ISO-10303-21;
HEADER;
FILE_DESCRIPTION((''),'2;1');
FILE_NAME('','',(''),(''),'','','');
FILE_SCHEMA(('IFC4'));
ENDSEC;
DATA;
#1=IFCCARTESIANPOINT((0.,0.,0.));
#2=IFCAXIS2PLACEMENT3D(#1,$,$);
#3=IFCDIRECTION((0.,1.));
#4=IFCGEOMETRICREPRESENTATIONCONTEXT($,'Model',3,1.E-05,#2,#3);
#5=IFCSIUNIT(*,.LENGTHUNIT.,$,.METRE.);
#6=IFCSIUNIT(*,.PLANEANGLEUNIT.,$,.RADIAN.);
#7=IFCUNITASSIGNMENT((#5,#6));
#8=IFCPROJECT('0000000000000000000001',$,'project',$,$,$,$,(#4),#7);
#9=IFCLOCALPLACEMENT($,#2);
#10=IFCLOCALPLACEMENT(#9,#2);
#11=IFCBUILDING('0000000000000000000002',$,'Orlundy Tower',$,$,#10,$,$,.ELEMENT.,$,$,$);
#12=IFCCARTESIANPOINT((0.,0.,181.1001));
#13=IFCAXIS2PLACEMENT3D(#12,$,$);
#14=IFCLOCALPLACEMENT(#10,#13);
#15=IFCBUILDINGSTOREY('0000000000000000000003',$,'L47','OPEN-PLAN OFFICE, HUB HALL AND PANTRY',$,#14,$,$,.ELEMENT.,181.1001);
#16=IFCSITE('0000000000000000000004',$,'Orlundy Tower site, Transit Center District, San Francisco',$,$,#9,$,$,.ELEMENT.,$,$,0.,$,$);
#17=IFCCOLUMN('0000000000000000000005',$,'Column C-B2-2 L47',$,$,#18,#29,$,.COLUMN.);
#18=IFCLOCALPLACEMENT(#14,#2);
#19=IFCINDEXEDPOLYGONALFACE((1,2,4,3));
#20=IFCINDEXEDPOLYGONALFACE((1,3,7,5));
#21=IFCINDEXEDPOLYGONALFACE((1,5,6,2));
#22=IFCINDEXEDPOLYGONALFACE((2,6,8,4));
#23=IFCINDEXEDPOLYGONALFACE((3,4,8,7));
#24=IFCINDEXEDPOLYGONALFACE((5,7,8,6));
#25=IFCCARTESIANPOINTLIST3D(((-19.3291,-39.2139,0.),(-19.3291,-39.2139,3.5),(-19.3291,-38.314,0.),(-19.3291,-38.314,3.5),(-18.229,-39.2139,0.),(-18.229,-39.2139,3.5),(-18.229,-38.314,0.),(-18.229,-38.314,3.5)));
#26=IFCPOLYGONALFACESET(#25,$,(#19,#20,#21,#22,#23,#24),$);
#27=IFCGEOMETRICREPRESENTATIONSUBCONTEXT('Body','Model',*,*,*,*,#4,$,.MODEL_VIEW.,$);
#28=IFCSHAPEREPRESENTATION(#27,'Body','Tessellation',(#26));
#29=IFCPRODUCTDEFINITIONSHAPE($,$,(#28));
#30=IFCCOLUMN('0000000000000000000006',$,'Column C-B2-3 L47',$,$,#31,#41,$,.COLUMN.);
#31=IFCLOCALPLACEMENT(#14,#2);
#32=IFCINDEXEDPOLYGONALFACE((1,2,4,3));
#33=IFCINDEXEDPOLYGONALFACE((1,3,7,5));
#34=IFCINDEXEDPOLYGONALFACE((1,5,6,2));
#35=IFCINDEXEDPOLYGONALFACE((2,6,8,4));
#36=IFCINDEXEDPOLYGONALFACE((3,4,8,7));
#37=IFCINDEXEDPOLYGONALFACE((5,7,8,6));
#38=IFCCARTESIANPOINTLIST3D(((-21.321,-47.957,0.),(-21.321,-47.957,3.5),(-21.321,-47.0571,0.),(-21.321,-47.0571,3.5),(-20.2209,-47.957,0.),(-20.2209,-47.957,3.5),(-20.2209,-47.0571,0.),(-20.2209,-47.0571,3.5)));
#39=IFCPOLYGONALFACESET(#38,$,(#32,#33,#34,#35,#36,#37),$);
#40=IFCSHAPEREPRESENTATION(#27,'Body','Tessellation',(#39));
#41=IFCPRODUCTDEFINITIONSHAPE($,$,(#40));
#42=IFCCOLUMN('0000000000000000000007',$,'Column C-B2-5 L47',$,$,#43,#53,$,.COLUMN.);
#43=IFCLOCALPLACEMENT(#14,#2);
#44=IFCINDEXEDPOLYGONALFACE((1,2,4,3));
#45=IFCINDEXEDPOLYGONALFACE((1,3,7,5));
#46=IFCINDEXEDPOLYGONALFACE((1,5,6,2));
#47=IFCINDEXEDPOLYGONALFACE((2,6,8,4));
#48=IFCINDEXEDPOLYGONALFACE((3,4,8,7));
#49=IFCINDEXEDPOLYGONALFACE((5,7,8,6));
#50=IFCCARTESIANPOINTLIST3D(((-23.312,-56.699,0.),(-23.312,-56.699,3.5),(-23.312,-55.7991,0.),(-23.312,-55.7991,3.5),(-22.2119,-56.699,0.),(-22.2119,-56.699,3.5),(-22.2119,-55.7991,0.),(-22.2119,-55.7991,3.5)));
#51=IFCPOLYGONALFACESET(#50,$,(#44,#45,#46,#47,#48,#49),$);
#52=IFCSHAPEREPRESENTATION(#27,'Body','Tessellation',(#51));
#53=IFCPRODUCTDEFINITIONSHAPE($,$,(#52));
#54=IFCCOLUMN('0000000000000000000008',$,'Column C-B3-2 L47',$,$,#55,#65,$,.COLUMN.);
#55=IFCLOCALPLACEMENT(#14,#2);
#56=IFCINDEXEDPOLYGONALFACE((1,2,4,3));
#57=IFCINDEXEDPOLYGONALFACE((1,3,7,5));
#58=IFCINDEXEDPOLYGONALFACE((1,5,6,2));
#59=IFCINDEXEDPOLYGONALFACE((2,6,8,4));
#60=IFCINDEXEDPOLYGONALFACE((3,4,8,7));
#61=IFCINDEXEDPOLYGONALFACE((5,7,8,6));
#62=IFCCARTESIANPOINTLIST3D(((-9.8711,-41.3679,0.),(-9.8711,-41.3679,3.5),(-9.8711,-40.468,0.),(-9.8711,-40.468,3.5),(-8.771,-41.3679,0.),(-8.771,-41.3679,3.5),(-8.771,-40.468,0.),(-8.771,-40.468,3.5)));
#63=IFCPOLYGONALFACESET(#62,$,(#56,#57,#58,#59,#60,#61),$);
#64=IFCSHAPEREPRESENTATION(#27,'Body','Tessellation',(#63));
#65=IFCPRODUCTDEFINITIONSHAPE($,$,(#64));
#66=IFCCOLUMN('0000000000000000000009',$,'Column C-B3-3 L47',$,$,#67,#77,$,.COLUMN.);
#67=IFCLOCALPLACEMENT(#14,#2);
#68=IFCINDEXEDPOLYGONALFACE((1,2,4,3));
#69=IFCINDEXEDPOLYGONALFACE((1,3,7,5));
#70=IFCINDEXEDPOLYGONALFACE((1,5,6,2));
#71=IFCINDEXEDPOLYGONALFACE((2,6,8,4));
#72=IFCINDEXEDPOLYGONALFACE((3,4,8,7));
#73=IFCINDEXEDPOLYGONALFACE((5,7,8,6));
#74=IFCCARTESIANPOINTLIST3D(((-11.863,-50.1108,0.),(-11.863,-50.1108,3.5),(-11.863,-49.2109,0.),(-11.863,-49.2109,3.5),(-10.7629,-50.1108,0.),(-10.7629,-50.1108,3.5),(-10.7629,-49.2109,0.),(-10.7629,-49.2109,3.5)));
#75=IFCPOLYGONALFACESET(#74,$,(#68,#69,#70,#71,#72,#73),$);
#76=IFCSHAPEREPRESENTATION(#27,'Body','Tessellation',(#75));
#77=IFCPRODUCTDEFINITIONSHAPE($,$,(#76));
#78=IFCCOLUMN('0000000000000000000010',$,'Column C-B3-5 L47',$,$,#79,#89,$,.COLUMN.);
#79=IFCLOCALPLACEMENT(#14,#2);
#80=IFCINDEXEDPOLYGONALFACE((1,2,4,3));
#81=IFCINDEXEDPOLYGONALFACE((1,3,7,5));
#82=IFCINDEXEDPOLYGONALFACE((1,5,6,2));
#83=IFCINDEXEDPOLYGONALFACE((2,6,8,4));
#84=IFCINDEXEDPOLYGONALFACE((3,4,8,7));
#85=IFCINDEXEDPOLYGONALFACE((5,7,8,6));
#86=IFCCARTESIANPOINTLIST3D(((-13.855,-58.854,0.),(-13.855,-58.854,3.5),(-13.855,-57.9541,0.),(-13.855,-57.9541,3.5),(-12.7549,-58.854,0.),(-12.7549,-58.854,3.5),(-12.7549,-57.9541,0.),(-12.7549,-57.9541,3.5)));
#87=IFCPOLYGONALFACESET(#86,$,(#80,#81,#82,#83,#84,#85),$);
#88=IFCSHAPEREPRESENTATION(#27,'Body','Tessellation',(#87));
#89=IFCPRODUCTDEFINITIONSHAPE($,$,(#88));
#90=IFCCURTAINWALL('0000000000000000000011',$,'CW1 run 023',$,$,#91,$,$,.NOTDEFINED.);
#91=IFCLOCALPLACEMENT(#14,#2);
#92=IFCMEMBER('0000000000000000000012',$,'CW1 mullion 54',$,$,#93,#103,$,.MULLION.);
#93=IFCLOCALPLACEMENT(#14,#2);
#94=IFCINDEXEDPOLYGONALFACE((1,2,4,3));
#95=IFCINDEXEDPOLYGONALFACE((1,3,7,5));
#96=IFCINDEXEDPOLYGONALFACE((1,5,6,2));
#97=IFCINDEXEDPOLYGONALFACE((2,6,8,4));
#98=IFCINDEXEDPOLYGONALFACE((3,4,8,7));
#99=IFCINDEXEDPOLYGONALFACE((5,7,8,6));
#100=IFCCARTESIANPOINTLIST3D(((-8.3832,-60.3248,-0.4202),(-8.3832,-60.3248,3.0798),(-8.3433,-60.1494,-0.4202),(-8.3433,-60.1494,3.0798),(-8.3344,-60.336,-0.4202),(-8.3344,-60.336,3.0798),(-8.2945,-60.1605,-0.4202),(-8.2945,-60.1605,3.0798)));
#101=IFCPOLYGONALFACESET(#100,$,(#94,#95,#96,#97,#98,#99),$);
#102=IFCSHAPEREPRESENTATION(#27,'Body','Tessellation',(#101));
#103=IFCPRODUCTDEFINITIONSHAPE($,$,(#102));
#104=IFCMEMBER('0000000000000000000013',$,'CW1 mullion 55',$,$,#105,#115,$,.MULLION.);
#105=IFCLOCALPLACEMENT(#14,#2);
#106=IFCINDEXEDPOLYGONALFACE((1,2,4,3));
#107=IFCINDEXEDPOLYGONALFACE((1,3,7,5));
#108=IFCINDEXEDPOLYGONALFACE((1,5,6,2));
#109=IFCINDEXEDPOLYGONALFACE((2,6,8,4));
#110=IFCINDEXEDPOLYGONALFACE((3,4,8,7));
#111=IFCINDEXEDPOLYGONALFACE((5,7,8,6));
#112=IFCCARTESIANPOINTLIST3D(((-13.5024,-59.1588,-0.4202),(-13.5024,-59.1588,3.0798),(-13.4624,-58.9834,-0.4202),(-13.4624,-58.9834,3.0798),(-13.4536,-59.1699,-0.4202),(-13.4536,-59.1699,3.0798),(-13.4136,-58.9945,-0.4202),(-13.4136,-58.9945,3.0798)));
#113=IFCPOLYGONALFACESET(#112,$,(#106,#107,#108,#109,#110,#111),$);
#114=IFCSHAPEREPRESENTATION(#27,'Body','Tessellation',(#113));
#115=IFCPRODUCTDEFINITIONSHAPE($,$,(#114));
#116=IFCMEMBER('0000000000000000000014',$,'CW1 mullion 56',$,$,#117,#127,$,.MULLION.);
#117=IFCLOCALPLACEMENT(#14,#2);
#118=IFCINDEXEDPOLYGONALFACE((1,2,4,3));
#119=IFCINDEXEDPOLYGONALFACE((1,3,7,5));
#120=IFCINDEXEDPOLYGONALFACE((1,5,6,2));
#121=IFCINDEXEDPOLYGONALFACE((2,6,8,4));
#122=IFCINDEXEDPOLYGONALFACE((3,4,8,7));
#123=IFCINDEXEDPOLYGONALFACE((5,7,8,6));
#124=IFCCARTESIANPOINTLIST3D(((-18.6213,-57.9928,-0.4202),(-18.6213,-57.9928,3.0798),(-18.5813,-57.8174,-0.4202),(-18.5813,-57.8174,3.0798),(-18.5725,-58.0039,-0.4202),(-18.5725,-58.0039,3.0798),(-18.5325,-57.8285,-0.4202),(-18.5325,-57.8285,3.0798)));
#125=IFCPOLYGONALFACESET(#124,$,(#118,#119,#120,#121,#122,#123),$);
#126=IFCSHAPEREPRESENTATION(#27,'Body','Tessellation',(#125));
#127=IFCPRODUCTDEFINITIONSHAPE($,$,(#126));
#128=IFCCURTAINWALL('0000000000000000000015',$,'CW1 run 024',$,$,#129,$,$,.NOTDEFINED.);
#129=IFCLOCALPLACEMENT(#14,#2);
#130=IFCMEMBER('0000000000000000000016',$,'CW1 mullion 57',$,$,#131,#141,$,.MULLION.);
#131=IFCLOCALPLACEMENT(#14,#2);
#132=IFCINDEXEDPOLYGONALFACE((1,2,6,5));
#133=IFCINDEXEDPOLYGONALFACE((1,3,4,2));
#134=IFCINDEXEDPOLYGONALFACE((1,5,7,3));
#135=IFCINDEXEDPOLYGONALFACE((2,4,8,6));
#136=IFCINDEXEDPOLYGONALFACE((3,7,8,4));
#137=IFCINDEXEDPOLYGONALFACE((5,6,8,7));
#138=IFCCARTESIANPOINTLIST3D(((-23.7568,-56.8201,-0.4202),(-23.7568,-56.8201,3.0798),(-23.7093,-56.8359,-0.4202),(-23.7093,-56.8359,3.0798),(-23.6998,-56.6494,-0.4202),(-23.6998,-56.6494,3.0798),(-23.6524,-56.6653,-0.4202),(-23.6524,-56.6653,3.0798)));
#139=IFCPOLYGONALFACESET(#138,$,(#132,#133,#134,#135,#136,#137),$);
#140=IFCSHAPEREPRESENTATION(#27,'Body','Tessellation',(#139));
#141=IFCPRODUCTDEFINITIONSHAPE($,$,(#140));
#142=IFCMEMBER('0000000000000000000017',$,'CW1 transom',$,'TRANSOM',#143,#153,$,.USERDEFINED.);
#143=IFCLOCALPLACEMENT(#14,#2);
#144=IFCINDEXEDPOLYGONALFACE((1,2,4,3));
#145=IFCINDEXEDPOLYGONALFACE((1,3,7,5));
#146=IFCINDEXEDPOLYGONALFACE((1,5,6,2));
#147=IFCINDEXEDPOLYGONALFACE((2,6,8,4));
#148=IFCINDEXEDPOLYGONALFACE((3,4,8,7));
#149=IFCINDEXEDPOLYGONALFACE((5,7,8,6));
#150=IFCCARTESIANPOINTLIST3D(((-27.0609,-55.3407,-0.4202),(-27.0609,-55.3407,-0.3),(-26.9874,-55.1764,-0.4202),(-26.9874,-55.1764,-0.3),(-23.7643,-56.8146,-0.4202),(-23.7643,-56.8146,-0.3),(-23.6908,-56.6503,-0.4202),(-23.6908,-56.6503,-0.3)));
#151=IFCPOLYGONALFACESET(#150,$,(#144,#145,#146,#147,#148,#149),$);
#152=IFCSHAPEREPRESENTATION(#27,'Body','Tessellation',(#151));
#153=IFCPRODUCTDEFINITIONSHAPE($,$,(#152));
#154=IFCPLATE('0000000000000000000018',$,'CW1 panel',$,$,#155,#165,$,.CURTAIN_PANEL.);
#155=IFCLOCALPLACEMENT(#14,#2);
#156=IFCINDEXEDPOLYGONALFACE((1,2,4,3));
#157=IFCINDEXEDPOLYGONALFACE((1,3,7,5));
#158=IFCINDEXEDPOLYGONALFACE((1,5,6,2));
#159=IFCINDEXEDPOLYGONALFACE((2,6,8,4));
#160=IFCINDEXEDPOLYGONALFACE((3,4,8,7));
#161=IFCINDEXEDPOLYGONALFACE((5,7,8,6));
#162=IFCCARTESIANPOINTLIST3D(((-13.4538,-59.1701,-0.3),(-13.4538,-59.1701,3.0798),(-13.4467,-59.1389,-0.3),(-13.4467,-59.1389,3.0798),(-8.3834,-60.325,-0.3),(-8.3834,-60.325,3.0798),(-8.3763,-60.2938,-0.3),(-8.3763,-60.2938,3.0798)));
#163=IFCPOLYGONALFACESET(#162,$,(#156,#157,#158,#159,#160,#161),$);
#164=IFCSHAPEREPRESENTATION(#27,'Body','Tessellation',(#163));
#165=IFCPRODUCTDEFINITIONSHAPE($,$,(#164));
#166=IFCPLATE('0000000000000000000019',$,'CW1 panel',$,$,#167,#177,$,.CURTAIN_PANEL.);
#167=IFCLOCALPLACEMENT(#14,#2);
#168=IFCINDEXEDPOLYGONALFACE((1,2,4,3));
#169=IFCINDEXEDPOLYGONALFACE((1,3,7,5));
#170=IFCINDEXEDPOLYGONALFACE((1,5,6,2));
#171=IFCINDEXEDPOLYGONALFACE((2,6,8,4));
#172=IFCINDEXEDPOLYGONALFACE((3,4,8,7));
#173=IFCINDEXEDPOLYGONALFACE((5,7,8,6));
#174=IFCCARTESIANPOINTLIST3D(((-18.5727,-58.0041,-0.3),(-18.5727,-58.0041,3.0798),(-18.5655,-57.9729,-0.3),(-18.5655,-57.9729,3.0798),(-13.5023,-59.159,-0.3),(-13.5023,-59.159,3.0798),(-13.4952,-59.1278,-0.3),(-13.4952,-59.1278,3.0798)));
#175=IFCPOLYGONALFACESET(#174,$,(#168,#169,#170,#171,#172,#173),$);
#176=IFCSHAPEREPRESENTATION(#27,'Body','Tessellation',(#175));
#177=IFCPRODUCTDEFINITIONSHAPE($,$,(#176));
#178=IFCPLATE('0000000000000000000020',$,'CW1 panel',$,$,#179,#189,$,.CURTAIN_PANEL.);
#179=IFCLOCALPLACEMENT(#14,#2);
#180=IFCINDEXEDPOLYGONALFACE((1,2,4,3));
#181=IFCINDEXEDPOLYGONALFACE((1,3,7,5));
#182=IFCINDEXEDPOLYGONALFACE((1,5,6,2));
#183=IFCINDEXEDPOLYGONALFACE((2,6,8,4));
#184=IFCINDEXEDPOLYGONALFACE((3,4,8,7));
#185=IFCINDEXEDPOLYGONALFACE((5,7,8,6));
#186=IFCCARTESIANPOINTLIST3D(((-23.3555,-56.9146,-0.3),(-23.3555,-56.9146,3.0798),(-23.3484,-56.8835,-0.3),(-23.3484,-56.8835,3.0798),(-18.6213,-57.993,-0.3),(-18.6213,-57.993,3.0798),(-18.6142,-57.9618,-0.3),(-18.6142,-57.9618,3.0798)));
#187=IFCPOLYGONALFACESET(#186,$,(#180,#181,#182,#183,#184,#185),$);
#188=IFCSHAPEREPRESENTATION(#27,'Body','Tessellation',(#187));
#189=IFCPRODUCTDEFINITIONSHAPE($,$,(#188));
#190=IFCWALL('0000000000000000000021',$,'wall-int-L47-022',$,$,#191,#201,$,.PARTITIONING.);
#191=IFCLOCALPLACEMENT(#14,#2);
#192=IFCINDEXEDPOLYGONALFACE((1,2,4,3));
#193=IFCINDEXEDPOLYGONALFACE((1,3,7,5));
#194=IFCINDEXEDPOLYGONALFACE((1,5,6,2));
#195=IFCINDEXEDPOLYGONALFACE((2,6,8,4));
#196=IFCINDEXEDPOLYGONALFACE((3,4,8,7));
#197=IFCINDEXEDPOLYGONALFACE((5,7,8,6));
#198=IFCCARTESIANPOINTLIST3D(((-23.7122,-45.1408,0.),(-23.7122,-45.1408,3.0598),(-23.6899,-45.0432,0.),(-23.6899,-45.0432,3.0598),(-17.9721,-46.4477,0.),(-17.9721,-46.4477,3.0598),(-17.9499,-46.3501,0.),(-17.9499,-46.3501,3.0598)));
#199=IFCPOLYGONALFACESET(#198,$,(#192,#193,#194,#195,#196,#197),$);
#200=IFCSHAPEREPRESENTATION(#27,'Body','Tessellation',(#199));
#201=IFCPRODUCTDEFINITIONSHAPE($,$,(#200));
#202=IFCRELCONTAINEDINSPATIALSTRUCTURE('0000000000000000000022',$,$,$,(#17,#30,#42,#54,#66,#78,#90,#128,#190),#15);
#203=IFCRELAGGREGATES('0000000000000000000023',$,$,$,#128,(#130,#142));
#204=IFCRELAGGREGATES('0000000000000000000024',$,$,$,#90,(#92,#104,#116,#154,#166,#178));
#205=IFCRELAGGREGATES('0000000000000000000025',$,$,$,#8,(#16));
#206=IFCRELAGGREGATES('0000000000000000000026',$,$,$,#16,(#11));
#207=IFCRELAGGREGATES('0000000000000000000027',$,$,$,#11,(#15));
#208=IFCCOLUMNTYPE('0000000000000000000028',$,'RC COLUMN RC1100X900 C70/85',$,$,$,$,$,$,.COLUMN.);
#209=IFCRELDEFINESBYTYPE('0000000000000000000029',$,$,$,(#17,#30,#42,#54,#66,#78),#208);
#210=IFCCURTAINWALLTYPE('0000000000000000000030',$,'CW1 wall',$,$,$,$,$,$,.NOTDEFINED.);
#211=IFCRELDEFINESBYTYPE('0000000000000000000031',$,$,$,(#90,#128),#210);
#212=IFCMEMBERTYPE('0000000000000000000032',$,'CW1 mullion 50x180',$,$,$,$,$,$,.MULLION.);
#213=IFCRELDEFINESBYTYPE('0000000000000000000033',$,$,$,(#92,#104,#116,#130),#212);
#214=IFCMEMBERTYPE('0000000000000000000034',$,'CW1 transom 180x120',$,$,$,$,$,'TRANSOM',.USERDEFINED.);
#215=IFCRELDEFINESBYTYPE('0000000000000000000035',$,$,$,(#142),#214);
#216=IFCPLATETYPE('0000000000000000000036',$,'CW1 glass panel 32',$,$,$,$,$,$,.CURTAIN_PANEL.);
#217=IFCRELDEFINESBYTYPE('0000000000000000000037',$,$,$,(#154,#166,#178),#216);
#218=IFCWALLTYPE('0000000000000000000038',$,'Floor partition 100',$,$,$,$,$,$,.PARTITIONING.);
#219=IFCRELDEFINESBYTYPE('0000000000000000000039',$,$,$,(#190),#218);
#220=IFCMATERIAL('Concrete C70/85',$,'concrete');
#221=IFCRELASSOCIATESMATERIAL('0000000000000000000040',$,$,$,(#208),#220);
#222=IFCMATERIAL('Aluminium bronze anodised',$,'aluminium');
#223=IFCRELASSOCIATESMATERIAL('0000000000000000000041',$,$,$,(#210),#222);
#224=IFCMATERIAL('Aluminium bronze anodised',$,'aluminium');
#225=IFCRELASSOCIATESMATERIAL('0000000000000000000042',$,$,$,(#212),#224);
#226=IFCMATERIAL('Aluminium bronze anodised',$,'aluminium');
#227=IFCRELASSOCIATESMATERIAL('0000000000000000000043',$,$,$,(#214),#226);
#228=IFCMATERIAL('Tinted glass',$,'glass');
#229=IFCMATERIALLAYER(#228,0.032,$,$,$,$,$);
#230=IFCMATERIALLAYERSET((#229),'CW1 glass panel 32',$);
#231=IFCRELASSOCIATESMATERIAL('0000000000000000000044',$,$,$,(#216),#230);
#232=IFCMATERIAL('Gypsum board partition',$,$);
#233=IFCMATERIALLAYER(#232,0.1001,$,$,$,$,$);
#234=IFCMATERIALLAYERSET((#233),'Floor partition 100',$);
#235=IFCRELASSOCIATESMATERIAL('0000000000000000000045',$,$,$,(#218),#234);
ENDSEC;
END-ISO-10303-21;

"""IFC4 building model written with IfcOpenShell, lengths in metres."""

from ifc_helpers import new_model, si_unit, direction, frame, frame_2d, origin, origin_2d, place, context, subcontext, project, spatial, rectangle, extrude, material, layer, layer_set, material_profile, profile_set, type_object, element, aggregate, save


model = new_model("IFC4")

# Units and contexts
model_context = context("Model", 3, precision=1e-05, world=origin(), true_north=direction((0.0, 1.0)))
body_context = subcontext(model_context, "Body", "Model", "MODEL_VIEW")
ifc_project = project(units=[si_unit("LENGTHUNIT", "METRE"), si_unit("PLANEANGLEUNIT", "RADIAN")], contexts=[model_context])

# Site, building, storey
site_placement = place(None, origin())
site = spatial("IfcSite", under=ifc_project, at=site_placement, Name="Orlundy Tower site, Transit Center District, San Francisco", CompositionType="ELEMENT", RefElevation=0.0)
building_placement = place(site_placement, origin())
building = spatial("IfcBuilding", under=site, at=building_placement, Name="Orlundy Tower", CompositionType="ELEMENT")
storey_placement = place(building_placement, frame((0.0, 0.0, 181.1001)))
storey = spatial("IfcBuildingStorey", under=building, at=storey_placement, Name="L47", Description="OPEN-PLAN OFFICE, HUB HALL AND PANTRY", CompositionType="ELEMENT", Elevation=181.1001)

# Columns
ifc_material_1 = material(Name="Concrete C70/85", Category="concrete")
ifc_material_profile_1 = material_profile(ifc_material_1, rectangle(XDim=1.1001, YDim=0.8999, at=origin_2d()), Name="RC1100X900")
ifc_profile_set_1 = profile_set([ifc_material_profile_1], Name="Concrete C70/85")
column_type = type_object("IfcColumnType", Name="RC COLUMN RC1100X900 C70/85", PredefinedType="COLUMN", material=ifc_profile_set_1)
for number, where, z_axis, x_axis, name in (
    (1, (-18.7791, -38.7639, 0.0), (0.0, 0.0, 1.0), (1.0, 0.0, 0.0), "Column C-B2-2 L47"),
    (2, (-20.771, -47.5071, 0.0), (0.0, 0.0, 1.0), (1.0, 0.0, 0.0), "Column C-B2-3 L47"),
    (3, (-22.762, -56.249, 0.0), (0.0, 0.0, 1.0), (1.0, 0.0, 0.0), "Column C-B2-5 L47"),
    (4, (-9.321, -40.918, 0.0), (0.0, 0.0, 1.0), (1.0, 0.0, 0.0), "Column C-B3-2 L47"),
    (5, (-11.313, -49.6609, 0.0), (0.0, 0.0, 1.0), (1.0, 0.0, 0.0), "Column C-B3-3 L47"),
    (6, (-13.3049, -58.4041, 0.0), (0.0, 0.0, 1.0), (1.0, 0.0, 0.0), "Column C-B3-5 L47"),
):
    element("IfcColumn", number, at=place(storey_placement, frame(where, z_axis=z_axis, x_axis=x_axis)), inside=storey, type_object=column_type, Name=name, PredefinedType="COLUMN", context=body_context, shape_type="SweptSolid", body=[
        extrude(rectangle(XDim=1.1001, YDim=0.8999, at=origin_2d()), origin(), (0.0, 0.0, 1.0), 3.5),
    ])

# Curtain walls, members
ifc_material_2 = material(Name="Aluminium bronze anodised", Category="aluminium")
curtain_wall_type = type_object("IfcCurtainWallType", Name="CW1 wall", PredefinedType="NOTDEFINED", material=ifc_material_2)
curtain_wall_1_placement = place(storey_placement, origin())
curtain_wall_1 = element("IfcCurtainWall", 7, at=curtain_wall_1_placement, inside=storey, type_object=curtain_wall_type, Name="CW1 run 023", PredefinedType="NOTDEFINED")
ifc_material_3 = material(Name="Aluminium bronze anodised", Category="aluminium")
ifc_material_profile_2 = material_profile(ifc_material_3, rectangle(XDim=0.1799, YDim=0.05, at=origin_2d()), Name="CW1 mullion 50x180")
ifc_profile_set_2 = profile_set([ifc_material_profile_2], Name="Aluminium bronze anodised")
member_type_1 = type_object("IfcMemberType", Name="CW1 mullion 50x180", PredefinedType="MULLION", material=ifc_profile_set_2)
member_1_placement = place(storey_placement, frame((-8.3389, -60.2427, -0.4202), z_axis=(0.0, 0.0, 1.0), x_axis=(-0.22209, -0.975026, 0.0)))
member_1 = element("IfcMember", 8, at=member_1_placement, type_object=member_type_1, Name="CW1 mullion 54", PredefinedType="MULLION", context=body_context, shape_type="SweptSolid", body=[
    extrude(rectangle(XDim=0.1799, YDim=0.05, at=origin_2d()), origin(), (0.0, 0.0, 1.0), 3.5),
])
member_2_placement = place(storey_placement, frame((-13.458, -59.0767, -0.4202), z_axis=(0.0, 0.0, 1.0), x_axis=(-0.22209, -0.975026, 0.0)))
member_2 = element("IfcMember", 9, at=member_2_placement, type_object=member_type_1, Name="CW1 mullion 55", PredefinedType="MULLION", context=body_context, shape_type="SweptSolid", body=[
    extrude(rectangle(XDim=0.1799, YDim=0.05, at=origin_2d()), origin(), (0.0, 0.0, 1.0), 3.5),
])
member_3_placement = place(storey_placement, frame((-18.5769, -57.9106, -0.4202), z_axis=(0.0, 0.0, 1.0), x_axis=(-0.22209, -0.975026, 0.0)))
member_3 = element("IfcMember", 10, at=member_3_placement, type_object=member_type_1, Name="CW1 mullion 56", PredefinedType="MULLION", context=body_context, shape_type="SweptSolid", body=[
    extrude(rectangle(XDim=0.1799, YDim=0.05, at=origin_2d()), origin(), (0.0, 0.0, 1.0), 3.5),
])
curtain_wall_2_placement = place(storey_placement, origin())
curtain_wall_2 = element("IfcCurtainWall", 11, at=curtain_wall_2_placement, inside=storey, type_object=curtain_wall_type, Name="CW1 run 024", PredefinedType="NOTDEFINED")
member_4_placement = place(storey_placement, frame((-23.7046, -56.7427, -0.4202), z_axis=(0.0, 0.0, 1.0), x_axis=(-0.316655, -0.948541, 0.0)))
member_4 = element("IfcMember", 12, at=member_4_placement, type_object=member_type_1, Name="CW1 mullion 57", PredefinedType="MULLION", context=body_context, shape_type="SweptSolid", body=[
    extrude(rectangle(XDim=0.1799, YDim=0.05, at=origin_2d()), origin(), (0.0, 0.0, 1.0), 3.5),
])
ifc_material_4 = material(Name="Aluminium bronze anodised", Category="aluminium")
ifc_material_profile_3 = material_profile(ifc_material_4, rectangle(XDim=0.1799, YDim=0.1201, at=origin_2d()), Name="CW1 transom 180x120")
ifc_profile_set_3 = profile_set([ifc_material_profile_3], Name="Aluminium bronze anodised")
member_type_2 = type_object("IfcMemberType", Name="CW1 transom 180x120", ElementType="TRANSOM", PredefinedType="USERDEFINED", material=ifc_profile_set_3)
member_5_placement = place(storey_placement, frame((-23.7275, -56.7324, -0.3601), z_axis=(-0.912914, 0.408151, 0.0), x_axis=(-0.408151, -0.912914, 0.0)))
member_5 = element("IfcMember", 13, at=member_5_placement, type_object=member_type_2, Name="CW1 transom", ObjectType="TRANSOM", PredefinedType="USERDEFINED", context=body_context, shape_type="SweptSolid", body=[
    extrude(rectangle(XDim=0.1799, YDim=0.1201, at=origin_2d()), origin(), (0.0, 0.0, 1.0), 3.6111),
])
aggregate(curtain_wall_2, [member_4, member_5])

# Plates
ifc_material_5 = material(Name="Tinted glass", Category="glass")
ifc_layer_1 = layer(ifc_material_5, 0.032)
ifc_layer_set_1 = layer_set([ifc_layer_1], Name="CW1 glass panel 32")
plate_type = type_object("IfcPlateType", Name="CW1 glass panel 32", PredefinedType="CURTAIN_PANEL", material=ifc_layer_set_1)
plate_1_placement = place(storey_placement, frame((-10.915, -59.7319, -0.3), z_axis=(0.0, 0.0, 1.0), x_axis=(-0.975026, 0.22209, 0.0)))
plate_1 = element("IfcPlate", 14, at=plate_1_placement, type_object=plate_type, Name="CW1 panel", PredefinedType="CURTAIN_PANEL", context=body_context, shape_type="SweptSolid", body=[
    extrude(rectangle(XDim=5.2002, YDim=0.032, at=origin_2d()), origin(), (0.0, 0.0, 1.0), 3.3799),
])
plate_2_placement = place(storey_placement, frame((-16.0339, -58.5659, -0.3), z_axis=(0.0, 0.0, 1.0), x_axis=(-0.975026, 0.22209, 0.0)))
plate_2 = element("IfcPlate", 15, at=plate_2_placement, type_object=plate_type, Name="CW1 panel", PredefinedType="CURTAIN_PANEL", context=body_context, shape_type="SweptSolid", body=[
    extrude(rectangle(XDim=5.2002, YDim=0.032, at=origin_2d()), origin(), (0.0, 0.0, 1.0), 3.3799),
])
plate_3_placement = place(storey_placement, frame((-20.9849, -57.4382, -0.3), z_axis=(0.0, 0.0, 1.0), x_axis=(-0.975026, 0.22209, 0.0)))
plate_3 = element("IfcPlate", 16, at=plate_3_placement, type_object=plate_type, Name="CW1 panel", PredefinedType="CURTAIN_PANEL", context=body_context, shape_type="SweptSolid", body=[
    extrude(rectangle(XDim=4.8555, YDim=0.032, at=origin_2d()), origin(), (0.0, 0.0, 1.0), 3.3799),
])
aggregate(curtain_wall_1, [member_1, member_2, member_3, plate_1, plate_2, plate_3])

# Wall
ifc_material_6 = material(Name="Gypsum board partition")
ifc_layer_2 = layer(ifc_material_6, 0.1001)
ifc_layer_set_2 = layer_set([ifc_layer_2], Name="Floor partition 100")
wall_type_1 = type_object("IfcWallType", Name="Floor partition 100", PredefinedType="PARTITIONING", material=ifc_layer_set_2)
wall_1_placement = place(storey_placement, frame((-23.7009, -45.092, 0.0), z_axis=(0.0, 0.0, 1.0), x_axis=(0.975047, -0.221999, 0.0)))
element("IfcWall", 17, at=wall_1_placement, inside=storey, type_object=wall_type_1, Name="wall-int-L47-022", PredefinedType="PARTITIONING", context=body_context, shape_type="SweptSolid", body=[
    extrude(rectangle(XDim=5.887, YDim=0.1001, at=frame_2d((2.9434, 0.0))), origin(), (0.0, 0.0, 1.0), 3.0598),
])

save(model, "model.ifc")
